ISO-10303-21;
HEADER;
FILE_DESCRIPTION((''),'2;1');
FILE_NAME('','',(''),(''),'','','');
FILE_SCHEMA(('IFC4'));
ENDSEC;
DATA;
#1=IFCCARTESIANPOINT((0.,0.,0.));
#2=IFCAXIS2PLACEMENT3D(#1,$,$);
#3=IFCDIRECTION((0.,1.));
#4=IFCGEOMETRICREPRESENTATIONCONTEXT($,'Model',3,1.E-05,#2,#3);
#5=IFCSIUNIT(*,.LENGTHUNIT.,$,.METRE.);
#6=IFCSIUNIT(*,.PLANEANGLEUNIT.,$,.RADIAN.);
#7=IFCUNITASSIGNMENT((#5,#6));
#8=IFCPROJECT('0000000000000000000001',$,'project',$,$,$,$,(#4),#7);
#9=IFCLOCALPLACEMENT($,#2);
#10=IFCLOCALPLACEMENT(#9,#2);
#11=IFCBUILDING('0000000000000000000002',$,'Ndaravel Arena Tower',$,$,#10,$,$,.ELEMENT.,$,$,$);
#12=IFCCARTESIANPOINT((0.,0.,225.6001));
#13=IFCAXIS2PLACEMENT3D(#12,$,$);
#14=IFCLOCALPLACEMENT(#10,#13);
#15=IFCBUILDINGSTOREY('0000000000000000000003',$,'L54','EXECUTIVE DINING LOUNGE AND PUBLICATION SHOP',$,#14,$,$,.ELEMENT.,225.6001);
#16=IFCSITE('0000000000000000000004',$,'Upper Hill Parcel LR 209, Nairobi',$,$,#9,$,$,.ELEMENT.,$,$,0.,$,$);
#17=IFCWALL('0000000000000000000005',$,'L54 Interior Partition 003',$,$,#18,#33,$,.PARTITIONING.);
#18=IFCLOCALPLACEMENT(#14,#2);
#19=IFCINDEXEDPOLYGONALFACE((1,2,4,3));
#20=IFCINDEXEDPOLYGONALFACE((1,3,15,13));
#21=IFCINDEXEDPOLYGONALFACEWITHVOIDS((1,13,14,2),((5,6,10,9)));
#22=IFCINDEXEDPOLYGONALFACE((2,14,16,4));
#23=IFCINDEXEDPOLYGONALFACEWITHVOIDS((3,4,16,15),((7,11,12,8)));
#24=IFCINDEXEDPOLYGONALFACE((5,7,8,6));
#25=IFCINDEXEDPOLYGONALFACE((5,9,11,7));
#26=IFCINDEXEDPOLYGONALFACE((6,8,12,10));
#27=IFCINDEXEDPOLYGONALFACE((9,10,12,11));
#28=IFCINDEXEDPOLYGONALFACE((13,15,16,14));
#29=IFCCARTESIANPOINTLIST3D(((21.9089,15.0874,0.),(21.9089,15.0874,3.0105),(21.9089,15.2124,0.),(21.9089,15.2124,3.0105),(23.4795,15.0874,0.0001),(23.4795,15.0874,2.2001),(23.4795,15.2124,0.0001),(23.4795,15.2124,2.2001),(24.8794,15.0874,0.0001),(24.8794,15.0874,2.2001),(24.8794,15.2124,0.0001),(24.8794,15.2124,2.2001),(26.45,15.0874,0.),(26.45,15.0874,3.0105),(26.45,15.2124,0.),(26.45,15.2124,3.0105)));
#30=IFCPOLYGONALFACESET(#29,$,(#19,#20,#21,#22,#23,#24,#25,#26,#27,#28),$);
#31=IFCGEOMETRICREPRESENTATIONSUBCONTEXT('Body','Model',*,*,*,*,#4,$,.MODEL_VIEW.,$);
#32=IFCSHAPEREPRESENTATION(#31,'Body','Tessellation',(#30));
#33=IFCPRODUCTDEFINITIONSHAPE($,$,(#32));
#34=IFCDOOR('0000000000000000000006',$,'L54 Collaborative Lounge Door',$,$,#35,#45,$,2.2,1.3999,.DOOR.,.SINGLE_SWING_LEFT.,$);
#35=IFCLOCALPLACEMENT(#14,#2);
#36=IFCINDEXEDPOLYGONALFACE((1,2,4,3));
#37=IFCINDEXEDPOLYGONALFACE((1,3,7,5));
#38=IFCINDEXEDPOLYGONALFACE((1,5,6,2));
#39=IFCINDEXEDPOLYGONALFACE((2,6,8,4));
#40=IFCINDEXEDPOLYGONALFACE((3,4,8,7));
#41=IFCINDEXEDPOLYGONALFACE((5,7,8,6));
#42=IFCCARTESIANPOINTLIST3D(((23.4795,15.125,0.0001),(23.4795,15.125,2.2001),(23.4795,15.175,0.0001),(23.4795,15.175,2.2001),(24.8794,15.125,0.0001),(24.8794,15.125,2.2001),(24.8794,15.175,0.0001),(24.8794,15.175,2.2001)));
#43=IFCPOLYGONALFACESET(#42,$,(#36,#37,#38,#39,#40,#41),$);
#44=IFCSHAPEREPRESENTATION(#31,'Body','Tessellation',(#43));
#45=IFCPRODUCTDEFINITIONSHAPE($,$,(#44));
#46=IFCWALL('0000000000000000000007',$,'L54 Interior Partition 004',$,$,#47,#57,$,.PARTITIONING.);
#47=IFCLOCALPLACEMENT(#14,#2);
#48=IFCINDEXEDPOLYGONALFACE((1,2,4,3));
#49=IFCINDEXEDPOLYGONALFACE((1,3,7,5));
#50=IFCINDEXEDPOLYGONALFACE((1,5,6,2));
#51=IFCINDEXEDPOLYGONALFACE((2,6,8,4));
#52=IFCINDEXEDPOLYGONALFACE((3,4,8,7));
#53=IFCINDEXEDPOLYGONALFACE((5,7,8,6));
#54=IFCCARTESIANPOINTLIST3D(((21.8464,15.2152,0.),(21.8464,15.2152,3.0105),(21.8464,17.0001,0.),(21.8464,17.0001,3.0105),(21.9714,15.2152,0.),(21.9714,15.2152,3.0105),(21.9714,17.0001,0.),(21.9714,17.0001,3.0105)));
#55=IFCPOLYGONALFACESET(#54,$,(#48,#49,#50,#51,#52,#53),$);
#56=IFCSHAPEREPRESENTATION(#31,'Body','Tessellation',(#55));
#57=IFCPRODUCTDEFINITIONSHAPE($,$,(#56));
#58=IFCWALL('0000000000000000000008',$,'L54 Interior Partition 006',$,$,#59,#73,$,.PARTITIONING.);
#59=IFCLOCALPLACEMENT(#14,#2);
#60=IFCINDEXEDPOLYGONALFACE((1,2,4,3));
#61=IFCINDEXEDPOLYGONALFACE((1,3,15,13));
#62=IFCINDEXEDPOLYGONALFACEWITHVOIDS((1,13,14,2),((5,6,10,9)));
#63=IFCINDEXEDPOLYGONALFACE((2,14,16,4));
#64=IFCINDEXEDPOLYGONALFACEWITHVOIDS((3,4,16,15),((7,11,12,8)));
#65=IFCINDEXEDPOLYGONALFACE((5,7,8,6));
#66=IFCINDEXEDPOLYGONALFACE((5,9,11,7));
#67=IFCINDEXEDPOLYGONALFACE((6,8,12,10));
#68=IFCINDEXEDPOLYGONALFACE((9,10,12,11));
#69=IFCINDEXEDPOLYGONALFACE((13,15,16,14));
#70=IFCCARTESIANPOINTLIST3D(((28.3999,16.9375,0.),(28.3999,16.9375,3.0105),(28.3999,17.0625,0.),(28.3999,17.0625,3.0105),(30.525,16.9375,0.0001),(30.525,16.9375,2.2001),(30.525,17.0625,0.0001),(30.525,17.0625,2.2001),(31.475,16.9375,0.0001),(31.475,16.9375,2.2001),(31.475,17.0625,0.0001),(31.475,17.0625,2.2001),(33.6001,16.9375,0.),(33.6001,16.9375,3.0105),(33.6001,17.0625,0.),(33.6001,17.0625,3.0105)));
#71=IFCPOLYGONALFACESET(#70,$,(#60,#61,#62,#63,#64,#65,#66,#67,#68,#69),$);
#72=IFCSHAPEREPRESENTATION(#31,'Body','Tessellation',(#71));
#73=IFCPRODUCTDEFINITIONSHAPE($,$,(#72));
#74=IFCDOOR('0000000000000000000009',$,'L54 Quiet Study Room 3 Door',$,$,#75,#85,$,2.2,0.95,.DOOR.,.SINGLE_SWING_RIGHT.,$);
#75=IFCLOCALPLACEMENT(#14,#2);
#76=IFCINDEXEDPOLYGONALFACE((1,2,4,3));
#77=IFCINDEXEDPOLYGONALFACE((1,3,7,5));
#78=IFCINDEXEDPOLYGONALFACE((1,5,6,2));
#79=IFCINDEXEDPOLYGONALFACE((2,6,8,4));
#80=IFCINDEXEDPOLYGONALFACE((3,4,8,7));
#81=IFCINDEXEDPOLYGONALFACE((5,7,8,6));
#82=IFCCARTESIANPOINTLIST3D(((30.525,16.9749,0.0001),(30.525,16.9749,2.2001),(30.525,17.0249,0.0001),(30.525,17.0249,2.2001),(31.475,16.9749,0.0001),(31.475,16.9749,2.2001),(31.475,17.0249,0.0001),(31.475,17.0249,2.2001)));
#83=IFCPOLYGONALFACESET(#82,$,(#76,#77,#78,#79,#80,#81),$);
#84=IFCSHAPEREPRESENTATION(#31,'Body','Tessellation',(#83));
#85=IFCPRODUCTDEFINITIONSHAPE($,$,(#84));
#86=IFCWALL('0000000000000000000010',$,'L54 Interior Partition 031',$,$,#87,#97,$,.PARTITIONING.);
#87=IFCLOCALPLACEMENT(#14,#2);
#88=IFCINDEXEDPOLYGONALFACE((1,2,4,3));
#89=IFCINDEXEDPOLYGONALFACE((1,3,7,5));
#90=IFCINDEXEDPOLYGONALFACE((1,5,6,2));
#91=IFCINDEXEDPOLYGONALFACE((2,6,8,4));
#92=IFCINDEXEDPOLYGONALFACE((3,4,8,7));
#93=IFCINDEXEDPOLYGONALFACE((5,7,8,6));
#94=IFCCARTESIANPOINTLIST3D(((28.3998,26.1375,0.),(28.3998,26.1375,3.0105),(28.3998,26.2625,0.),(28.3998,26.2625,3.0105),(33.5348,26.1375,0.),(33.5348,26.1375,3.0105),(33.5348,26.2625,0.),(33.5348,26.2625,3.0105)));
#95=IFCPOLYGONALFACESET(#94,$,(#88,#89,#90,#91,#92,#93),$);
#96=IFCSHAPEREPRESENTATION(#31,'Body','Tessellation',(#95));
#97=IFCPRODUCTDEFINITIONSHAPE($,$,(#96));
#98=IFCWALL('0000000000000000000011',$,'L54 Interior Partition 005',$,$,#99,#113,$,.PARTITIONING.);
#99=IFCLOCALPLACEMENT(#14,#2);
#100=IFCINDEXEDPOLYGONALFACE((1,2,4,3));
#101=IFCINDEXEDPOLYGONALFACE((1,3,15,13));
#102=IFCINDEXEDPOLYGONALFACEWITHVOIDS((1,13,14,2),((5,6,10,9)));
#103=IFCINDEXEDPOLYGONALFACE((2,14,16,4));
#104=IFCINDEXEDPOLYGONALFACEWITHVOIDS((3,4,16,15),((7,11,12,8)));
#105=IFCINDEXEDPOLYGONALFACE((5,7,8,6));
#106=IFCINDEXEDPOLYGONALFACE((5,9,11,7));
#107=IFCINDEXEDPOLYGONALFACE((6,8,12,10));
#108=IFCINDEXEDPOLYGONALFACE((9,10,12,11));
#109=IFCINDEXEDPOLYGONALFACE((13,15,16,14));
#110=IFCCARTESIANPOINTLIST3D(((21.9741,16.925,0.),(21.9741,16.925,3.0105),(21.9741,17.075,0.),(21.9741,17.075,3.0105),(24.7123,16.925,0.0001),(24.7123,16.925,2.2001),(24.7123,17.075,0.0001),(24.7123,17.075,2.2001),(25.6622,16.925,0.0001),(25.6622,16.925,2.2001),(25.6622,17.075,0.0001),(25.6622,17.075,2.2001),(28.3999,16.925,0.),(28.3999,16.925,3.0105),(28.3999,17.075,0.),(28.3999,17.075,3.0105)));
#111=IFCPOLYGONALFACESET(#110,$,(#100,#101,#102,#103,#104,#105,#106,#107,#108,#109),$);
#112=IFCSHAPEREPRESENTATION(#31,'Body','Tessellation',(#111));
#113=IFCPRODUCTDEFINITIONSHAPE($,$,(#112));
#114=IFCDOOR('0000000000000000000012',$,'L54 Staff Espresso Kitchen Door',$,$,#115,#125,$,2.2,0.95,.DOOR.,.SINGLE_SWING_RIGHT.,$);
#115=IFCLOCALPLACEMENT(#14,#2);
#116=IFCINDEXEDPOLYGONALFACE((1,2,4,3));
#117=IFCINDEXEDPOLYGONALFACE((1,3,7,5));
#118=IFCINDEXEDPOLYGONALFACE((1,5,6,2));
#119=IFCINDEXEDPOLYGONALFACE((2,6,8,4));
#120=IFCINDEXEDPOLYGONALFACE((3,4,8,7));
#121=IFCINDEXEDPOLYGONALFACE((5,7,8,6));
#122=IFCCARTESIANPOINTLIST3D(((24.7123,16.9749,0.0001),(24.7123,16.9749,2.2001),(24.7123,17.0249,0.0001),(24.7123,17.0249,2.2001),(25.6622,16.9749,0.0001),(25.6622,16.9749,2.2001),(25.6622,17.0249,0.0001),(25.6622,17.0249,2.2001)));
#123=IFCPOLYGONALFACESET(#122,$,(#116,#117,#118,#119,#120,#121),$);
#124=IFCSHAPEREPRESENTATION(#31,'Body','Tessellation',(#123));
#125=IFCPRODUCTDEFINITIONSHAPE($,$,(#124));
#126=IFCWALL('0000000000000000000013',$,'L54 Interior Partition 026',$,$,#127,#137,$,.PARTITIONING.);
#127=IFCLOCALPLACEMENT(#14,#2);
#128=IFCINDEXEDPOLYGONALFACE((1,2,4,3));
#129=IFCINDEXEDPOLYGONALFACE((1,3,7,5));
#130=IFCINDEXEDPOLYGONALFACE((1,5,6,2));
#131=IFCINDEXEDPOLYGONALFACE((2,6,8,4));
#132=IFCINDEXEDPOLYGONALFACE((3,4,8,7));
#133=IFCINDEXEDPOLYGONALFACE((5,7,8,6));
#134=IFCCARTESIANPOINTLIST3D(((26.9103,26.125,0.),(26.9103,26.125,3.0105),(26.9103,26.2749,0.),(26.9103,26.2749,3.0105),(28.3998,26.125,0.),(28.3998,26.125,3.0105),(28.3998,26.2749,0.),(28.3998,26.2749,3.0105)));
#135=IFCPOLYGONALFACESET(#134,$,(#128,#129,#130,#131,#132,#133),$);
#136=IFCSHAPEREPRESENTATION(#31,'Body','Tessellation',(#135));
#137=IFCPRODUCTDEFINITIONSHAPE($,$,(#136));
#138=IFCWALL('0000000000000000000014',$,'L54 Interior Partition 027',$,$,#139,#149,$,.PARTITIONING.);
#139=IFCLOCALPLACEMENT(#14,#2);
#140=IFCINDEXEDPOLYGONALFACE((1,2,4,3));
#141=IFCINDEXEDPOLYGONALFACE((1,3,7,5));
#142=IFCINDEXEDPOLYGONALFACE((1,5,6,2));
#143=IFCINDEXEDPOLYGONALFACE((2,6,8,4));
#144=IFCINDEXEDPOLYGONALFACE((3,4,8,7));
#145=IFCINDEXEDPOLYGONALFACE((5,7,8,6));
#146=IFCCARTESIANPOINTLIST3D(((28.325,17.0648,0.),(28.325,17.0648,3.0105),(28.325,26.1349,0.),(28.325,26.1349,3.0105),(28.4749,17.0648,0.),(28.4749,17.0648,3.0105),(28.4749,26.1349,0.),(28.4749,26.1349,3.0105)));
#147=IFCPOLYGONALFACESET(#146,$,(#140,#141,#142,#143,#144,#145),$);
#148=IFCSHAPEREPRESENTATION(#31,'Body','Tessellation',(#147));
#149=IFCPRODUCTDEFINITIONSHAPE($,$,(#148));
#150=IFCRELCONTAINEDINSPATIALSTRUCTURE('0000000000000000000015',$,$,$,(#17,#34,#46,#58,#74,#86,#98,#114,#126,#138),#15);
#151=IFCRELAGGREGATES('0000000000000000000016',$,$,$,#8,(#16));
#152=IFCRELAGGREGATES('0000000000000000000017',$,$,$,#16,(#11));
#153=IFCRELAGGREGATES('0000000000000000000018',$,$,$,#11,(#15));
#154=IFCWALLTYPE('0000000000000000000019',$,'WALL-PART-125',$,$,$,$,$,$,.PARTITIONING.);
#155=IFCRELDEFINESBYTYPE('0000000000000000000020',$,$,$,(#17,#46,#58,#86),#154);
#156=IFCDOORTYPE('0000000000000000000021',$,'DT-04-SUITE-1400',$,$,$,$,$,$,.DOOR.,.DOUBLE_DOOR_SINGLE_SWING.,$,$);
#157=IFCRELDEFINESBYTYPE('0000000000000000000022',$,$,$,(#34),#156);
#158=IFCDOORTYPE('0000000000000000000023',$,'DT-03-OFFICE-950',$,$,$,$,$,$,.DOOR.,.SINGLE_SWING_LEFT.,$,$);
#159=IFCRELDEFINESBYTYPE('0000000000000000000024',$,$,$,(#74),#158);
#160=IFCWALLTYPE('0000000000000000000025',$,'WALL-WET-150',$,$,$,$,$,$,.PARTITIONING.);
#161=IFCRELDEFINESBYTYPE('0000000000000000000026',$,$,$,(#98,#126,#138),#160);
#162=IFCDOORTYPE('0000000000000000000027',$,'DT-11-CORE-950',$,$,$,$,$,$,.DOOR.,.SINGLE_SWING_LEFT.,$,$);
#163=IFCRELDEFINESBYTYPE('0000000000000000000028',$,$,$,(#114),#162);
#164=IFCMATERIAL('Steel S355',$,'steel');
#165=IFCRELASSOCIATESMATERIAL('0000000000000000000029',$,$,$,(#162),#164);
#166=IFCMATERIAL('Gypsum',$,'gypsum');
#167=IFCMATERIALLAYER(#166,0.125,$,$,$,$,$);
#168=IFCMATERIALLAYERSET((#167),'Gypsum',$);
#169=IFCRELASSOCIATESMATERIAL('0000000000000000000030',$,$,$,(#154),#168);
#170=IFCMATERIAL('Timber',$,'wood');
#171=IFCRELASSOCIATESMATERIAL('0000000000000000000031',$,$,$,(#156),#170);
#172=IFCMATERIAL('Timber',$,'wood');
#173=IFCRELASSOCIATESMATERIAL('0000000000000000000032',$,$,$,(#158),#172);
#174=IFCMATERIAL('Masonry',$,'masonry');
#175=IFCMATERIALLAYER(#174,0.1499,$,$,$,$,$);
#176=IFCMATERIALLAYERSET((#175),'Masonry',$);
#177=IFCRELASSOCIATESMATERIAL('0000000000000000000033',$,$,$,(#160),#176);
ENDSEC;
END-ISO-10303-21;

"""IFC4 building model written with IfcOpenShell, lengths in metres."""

from ifc_helpers import new_model, si_unit, direction, frame, frame_2d, origin, place, context, subcontext, project, spatial, rectangle, extrude, material, layer, layer_set, type_object, element, fill, save


model = new_model("IFC4")

# Units and contexts
model_context = context("Model", 3, precision=1e-05, world=origin(), true_north=direction((0.0, 1.0)))
body_context = subcontext(model_context, "Body", "Model", "MODEL_VIEW")
ifc_project = project(units=[si_unit("LENGTHUNIT", "METRE"), si_unit("PLANEANGLEUNIT", "RADIAN")], contexts=[model_context])

# Site, building, storey
site_placement = place(None, origin())
site = spatial("IfcSite", under=ifc_project, at=site_placement, Name="Upper Hill Parcel LR 209, Nairobi", CompositionType="ELEMENT", RefElevation=0.0)
building_placement = place(site_placement, origin())
building = spatial("IfcBuilding", under=site, at=building_placement, Name="Ndaravel Arena Tower", CompositionType="ELEMENT")
storey_placement = place(building_placement, frame((0.0, 0.0, 225.6001)))
storey = spatial("IfcBuildingStorey", under=building, at=storey_placement, Name="L54", Description="EXECUTIVE DINING LOUNGE AND PUBLICATION SHOP", CompositionType="ELEMENT", Elevation=225.6001)

# Shared definitions
ifc_material_1 = material(Name="Steel S355", Category="steel")
door_type_1 = type_object("IfcDoorType", Name="DT-11-CORE-950", OperationType="SINGLE_SWING_LEFT", PredefinedType="DOOR", material=ifc_material_1)

# Wall, opening, door
ifc_material_2 = material(Name="Gypsum", Category="gypsum")
ifc_layer_1 = layer(ifc_material_2, 0.125)
ifc_layer_set_1 = layer_set([ifc_layer_1], Name="Gypsum")
wall_type_1 = type_object("IfcWallType", Name="WALL-PART-125", PredefinedType="PARTITIONING", material=ifc_layer_set_1)
wall_1_placement = place(storey_placement, frame((26.45, 15.1499, 0.0), z_axis=(0.0, 0.0, 1.0), x_axis=(-1.0, 0.0, 0.0)))
wall_1 = element("IfcWall", 1, at=wall_1_placement, inside=storey, type_object=wall_type_1, Name="L54 Interior Partition 003", PredefinedType="PARTITIONING", context=body_context, shape_type="SweptSolid", body=[
    extrude(rectangle(XDim=4.541, YDim=0.125, at=frame_2d((2.2705, 0.0))), origin(), (0.0, 0.0, 1.0), 3.0105),
])
opening_1_placement = place(wall_1_placement, frame((1.5706, 0.0, 0.0)))
opening_1 = element("IfcOpeningElement", 2, at=opening_1_placement, cuts=wall_1, PredefinedType="OPENING", context=body_context, shape_type="SweptSolid", body=[
    extrude(rectangle(XDim=1.3999, YDim=2.2, at=frame_2d((0.7, 1.1001))), frame((0.0, 0.0625, 0.0), z_axis=(0.0, -1.0, 0.0), x_axis=(1.0, 0.0, 0.0)), (0.0, 0.0, 1.0), 0.125),
])
ifc_material_3 = material(Name="Timber", Category="wood")
door_type_2 = type_object("IfcDoorType", Name="DT-04-SUITE-1400", OperationType="DOUBLE_DOOR_SINGLE_SWING", PredefinedType="DOOR", material=ifc_material_3)
door_1_placement = place(opening_1_placement, origin())
door_1 = element("IfcDoor", 3, at=door_1_placement, inside=storey, type_object=door_type_2, Name="L54 Collaborative Lounge Door", OperationType="SINGLE_SWING_LEFT", OverallHeight=2.2, OverallWidth=1.3999, PredefinedType="DOOR", context=body_context, shape_type="SweptSolid", body=[
    extrude(rectangle(XDim=1.3999, YDim=2.2, at=frame_2d((0.7, 1.1001))), frame((0.0, 0.0249, 0.0), z_axis=(0.0, -1.0, 0.0), x_axis=(1.0, 0.0, 0.0)), (0.0, 0.0, 1.0), 0.05),
])
fill(opening_1, door_1)

# Wall
wall_2_placement = place(storey_placement, frame((21.9089, 15.2151, 0.0), z_axis=(0.0, 0.0, 1.0), x_axis=(0.0, 1.0, 0.0)))
element("IfcWall", 4, at=wall_2_placement, inside=storey, type_object=wall_type_1, Name="L54 Interior Partition 004", PredefinedType="PARTITIONING", context=body_context, shape_type="SweptSolid", body=[
    extrude(rectangle(XDim=1.7849, YDim=0.125, at=frame_2d((0.8926, 0.0))), origin(), (0.0, 0.0, 1.0), 3.0105),
])

# Wall, opening, door
wall_3_placement = place(storey_placement, frame((28.3999, 17.0, 0.0), z_axis=(0.0, 0.0, 1.0), x_axis=(1.0, 0.0, 0.0)))
wall_3 = element("IfcWall", 5, at=wall_3_placement, inside=storey, type_object=wall_type_1, Name="L54 Interior Partition 006", PredefinedType="PARTITIONING", context=body_context, shape_type="SweptSolid", body=[
    extrude(rectangle(XDim=5.2002, YDim=0.125, at=frame_2d((2.6001, 0.0))), origin(), (0.0, 0.0, 1.0), 3.0105),
])
opening_2_placement = place(wall_3_placement, frame((2.125, 0.0, 0.0)))
opening_2 = element("IfcOpeningElement", 6, at=opening_2_placement, cuts=wall_3, PredefinedType="OPENING", context=body_context, shape_type="SweptSolid", body=[
    extrude(rectangle(XDim=0.95, YDim=2.2, at=frame_2d((0.4751, 1.1001))), frame((0.0, 0.0625, 0.0), z_axis=(0.0, -1.0, 0.0), x_axis=(1.0, 0.0, 0.0)), (0.0, 0.0, 1.0), 0.125),
])
ifc_material_4 = material(Name="Timber", Category="wood")
door_type_3 = type_object("IfcDoorType", Name="DT-03-OFFICE-950", OperationType="SINGLE_SWING_LEFT", PredefinedType="DOOR", material=ifc_material_4)
door_2_placement = place(opening_2_placement, origin())
door_2 = element("IfcDoor", 7, at=door_2_placement, inside=storey, type_object=door_type_3, Name="L54 Quiet Study Room 3 Door", OperationType="SINGLE_SWING_RIGHT", OverallHeight=2.2, OverallWidth=0.95, PredefinedType="DOOR", context=body_context, shape_type="SweptSolid", body=[
    extrude(rectangle(XDim=0.95, YDim=2.2, at=frame_2d((0.4751, 1.1001))), frame((0.0, 0.0249, 0.0), z_axis=(0.0, -1.0, 0.0), x_axis=(1.0, 0.0, 0.0)), (0.0, 0.0, 1.0), 0.05),
])
fill(opening_2, door_2)

# Wall
wall_4_placement = place(storey_placement, frame((28.3999, 26.2, 0.0), z_axis=(0.0, 0.0, 1.0), x_axis=(1.0, 0.0, 0.0)))
element("IfcWall", 8, at=wall_4_placement, inside=storey, type_object=wall_type_1, Name="L54 Interior Partition 031", PredefinedType="PARTITIONING", context=body_context, shape_type="SweptSolid", body=[
    extrude(rectangle(XDim=5.135, YDim=0.125, at=frame_2d((2.5674, 0.0))), origin(), (0.0, 0.0, 1.0), 3.0105),
])

# Wall, opening, door
ifc_material_5 = material(Name="Masonry", Category="masonry")
ifc_layer_2 = layer(ifc_material_5, 0.1499)
ifc_layer_set_2 = layer_set([ifc_layer_2], Name="Masonry")
wall_type_2 = type_object("IfcWallType", Name="WALL-WET-150", PredefinedType="PARTITIONING", material=ifc_layer_set_2)
wall_5_placement = place(storey_placement, frame((21.9741, 17.0, 0.0), z_axis=(0.0, 0.0, 1.0), x_axis=(1.0, 0.0, 0.0)))
wall_5 = element("IfcWall", 9, at=wall_5_placement, inside=storey, type_object=wall_type_2, Name="L54 Interior Partition 005", PredefinedType="PARTITIONING", context=body_context, shape_type="SweptSolid", body=[
    extrude(rectangle(XDim=6.4258, YDim=0.1499, at=frame_2d((3.2129, 0.0))), origin(), (0.0, 0.0, 1.0), 3.0105),
])
opening_3_placement = place(wall_5_placement, frame((2.738, 0.0, 0.0)))
opening_3 = element("IfcOpeningElement", 10, at=opening_3_placement, cuts=wall_5, PredefinedType="OPENING", context=body_context, shape_type="SweptSolid", body=[
    extrude(rectangle(XDim=0.95, YDim=2.2, at=frame_2d((0.4751, 1.1001))), frame((0.0, 0.075, 0.0), z_axis=(0.0, -1.0, 0.0), x_axis=(1.0, 0.0, 0.0)), (0.0, 0.0, 1.0), 0.1499),
])
door_3_placement = place(opening_3_placement, origin())
door_3 = element("IfcDoor", 11, at=door_3_placement, inside=storey, type_object=door_type_1, Name="L54 Staff Espresso Kitchen Door", OperationType="SINGLE_SWING_RIGHT", OverallHeight=2.2, OverallWidth=0.95, PredefinedType="DOOR", context=body_context, shape_type="SweptSolid", body=[
    extrude(rectangle(XDim=0.95, YDim=2.2, at=frame_2d((0.4751, 1.1001))), frame((0.0, 0.0249, 0.0), z_axis=(0.0, -1.0, 0.0), x_axis=(1.0, 0.0, 0.0)), (0.0, 0.0, 1.0), 0.05),
])
fill(opening_3, door_3)

# Walls
wall_6_placement = place(storey_placement, frame((26.9104, 26.2, 0.0), z_axis=(0.0, 0.0, 1.0), x_axis=(1.0, 0.0, 0.0)))
element("IfcWall", 12, at=wall_6_placement, inside=storey, type_object=wall_type_2, Name="L54 Interior Partition 026", PredefinedType="PARTITIONING", context=body_context, shape_type="SweptSolid", body=[
    extrude(rectangle(XDim=1.4895, YDim=0.1499, at=frame_2d((0.7446, 0.0))), origin(), (0.0, 0.0, 1.0), 3.0105),
])
wall_7_placement = place(storey_placement, frame((28.3999, 26.135, 0.0), z_axis=(0.0, 0.0, 1.0), x_axis=(0.0, -1.0, 0.0)))
element("IfcWall", 13, at=wall_7_placement, inside=storey, type_object=wall_type_2, Name="L54 Interior Partition 027", PredefinedType="PARTITIONING", context=body_context, shape_type="SweptSolid", body=[
    extrude(rectangle(XDim=9.0701, YDim=0.1499, at=frame_2d((4.5352, 0.0))), origin(), (0.0, 0.0, 1.0), 3.0105),
])

save(model, "model.ifc")
